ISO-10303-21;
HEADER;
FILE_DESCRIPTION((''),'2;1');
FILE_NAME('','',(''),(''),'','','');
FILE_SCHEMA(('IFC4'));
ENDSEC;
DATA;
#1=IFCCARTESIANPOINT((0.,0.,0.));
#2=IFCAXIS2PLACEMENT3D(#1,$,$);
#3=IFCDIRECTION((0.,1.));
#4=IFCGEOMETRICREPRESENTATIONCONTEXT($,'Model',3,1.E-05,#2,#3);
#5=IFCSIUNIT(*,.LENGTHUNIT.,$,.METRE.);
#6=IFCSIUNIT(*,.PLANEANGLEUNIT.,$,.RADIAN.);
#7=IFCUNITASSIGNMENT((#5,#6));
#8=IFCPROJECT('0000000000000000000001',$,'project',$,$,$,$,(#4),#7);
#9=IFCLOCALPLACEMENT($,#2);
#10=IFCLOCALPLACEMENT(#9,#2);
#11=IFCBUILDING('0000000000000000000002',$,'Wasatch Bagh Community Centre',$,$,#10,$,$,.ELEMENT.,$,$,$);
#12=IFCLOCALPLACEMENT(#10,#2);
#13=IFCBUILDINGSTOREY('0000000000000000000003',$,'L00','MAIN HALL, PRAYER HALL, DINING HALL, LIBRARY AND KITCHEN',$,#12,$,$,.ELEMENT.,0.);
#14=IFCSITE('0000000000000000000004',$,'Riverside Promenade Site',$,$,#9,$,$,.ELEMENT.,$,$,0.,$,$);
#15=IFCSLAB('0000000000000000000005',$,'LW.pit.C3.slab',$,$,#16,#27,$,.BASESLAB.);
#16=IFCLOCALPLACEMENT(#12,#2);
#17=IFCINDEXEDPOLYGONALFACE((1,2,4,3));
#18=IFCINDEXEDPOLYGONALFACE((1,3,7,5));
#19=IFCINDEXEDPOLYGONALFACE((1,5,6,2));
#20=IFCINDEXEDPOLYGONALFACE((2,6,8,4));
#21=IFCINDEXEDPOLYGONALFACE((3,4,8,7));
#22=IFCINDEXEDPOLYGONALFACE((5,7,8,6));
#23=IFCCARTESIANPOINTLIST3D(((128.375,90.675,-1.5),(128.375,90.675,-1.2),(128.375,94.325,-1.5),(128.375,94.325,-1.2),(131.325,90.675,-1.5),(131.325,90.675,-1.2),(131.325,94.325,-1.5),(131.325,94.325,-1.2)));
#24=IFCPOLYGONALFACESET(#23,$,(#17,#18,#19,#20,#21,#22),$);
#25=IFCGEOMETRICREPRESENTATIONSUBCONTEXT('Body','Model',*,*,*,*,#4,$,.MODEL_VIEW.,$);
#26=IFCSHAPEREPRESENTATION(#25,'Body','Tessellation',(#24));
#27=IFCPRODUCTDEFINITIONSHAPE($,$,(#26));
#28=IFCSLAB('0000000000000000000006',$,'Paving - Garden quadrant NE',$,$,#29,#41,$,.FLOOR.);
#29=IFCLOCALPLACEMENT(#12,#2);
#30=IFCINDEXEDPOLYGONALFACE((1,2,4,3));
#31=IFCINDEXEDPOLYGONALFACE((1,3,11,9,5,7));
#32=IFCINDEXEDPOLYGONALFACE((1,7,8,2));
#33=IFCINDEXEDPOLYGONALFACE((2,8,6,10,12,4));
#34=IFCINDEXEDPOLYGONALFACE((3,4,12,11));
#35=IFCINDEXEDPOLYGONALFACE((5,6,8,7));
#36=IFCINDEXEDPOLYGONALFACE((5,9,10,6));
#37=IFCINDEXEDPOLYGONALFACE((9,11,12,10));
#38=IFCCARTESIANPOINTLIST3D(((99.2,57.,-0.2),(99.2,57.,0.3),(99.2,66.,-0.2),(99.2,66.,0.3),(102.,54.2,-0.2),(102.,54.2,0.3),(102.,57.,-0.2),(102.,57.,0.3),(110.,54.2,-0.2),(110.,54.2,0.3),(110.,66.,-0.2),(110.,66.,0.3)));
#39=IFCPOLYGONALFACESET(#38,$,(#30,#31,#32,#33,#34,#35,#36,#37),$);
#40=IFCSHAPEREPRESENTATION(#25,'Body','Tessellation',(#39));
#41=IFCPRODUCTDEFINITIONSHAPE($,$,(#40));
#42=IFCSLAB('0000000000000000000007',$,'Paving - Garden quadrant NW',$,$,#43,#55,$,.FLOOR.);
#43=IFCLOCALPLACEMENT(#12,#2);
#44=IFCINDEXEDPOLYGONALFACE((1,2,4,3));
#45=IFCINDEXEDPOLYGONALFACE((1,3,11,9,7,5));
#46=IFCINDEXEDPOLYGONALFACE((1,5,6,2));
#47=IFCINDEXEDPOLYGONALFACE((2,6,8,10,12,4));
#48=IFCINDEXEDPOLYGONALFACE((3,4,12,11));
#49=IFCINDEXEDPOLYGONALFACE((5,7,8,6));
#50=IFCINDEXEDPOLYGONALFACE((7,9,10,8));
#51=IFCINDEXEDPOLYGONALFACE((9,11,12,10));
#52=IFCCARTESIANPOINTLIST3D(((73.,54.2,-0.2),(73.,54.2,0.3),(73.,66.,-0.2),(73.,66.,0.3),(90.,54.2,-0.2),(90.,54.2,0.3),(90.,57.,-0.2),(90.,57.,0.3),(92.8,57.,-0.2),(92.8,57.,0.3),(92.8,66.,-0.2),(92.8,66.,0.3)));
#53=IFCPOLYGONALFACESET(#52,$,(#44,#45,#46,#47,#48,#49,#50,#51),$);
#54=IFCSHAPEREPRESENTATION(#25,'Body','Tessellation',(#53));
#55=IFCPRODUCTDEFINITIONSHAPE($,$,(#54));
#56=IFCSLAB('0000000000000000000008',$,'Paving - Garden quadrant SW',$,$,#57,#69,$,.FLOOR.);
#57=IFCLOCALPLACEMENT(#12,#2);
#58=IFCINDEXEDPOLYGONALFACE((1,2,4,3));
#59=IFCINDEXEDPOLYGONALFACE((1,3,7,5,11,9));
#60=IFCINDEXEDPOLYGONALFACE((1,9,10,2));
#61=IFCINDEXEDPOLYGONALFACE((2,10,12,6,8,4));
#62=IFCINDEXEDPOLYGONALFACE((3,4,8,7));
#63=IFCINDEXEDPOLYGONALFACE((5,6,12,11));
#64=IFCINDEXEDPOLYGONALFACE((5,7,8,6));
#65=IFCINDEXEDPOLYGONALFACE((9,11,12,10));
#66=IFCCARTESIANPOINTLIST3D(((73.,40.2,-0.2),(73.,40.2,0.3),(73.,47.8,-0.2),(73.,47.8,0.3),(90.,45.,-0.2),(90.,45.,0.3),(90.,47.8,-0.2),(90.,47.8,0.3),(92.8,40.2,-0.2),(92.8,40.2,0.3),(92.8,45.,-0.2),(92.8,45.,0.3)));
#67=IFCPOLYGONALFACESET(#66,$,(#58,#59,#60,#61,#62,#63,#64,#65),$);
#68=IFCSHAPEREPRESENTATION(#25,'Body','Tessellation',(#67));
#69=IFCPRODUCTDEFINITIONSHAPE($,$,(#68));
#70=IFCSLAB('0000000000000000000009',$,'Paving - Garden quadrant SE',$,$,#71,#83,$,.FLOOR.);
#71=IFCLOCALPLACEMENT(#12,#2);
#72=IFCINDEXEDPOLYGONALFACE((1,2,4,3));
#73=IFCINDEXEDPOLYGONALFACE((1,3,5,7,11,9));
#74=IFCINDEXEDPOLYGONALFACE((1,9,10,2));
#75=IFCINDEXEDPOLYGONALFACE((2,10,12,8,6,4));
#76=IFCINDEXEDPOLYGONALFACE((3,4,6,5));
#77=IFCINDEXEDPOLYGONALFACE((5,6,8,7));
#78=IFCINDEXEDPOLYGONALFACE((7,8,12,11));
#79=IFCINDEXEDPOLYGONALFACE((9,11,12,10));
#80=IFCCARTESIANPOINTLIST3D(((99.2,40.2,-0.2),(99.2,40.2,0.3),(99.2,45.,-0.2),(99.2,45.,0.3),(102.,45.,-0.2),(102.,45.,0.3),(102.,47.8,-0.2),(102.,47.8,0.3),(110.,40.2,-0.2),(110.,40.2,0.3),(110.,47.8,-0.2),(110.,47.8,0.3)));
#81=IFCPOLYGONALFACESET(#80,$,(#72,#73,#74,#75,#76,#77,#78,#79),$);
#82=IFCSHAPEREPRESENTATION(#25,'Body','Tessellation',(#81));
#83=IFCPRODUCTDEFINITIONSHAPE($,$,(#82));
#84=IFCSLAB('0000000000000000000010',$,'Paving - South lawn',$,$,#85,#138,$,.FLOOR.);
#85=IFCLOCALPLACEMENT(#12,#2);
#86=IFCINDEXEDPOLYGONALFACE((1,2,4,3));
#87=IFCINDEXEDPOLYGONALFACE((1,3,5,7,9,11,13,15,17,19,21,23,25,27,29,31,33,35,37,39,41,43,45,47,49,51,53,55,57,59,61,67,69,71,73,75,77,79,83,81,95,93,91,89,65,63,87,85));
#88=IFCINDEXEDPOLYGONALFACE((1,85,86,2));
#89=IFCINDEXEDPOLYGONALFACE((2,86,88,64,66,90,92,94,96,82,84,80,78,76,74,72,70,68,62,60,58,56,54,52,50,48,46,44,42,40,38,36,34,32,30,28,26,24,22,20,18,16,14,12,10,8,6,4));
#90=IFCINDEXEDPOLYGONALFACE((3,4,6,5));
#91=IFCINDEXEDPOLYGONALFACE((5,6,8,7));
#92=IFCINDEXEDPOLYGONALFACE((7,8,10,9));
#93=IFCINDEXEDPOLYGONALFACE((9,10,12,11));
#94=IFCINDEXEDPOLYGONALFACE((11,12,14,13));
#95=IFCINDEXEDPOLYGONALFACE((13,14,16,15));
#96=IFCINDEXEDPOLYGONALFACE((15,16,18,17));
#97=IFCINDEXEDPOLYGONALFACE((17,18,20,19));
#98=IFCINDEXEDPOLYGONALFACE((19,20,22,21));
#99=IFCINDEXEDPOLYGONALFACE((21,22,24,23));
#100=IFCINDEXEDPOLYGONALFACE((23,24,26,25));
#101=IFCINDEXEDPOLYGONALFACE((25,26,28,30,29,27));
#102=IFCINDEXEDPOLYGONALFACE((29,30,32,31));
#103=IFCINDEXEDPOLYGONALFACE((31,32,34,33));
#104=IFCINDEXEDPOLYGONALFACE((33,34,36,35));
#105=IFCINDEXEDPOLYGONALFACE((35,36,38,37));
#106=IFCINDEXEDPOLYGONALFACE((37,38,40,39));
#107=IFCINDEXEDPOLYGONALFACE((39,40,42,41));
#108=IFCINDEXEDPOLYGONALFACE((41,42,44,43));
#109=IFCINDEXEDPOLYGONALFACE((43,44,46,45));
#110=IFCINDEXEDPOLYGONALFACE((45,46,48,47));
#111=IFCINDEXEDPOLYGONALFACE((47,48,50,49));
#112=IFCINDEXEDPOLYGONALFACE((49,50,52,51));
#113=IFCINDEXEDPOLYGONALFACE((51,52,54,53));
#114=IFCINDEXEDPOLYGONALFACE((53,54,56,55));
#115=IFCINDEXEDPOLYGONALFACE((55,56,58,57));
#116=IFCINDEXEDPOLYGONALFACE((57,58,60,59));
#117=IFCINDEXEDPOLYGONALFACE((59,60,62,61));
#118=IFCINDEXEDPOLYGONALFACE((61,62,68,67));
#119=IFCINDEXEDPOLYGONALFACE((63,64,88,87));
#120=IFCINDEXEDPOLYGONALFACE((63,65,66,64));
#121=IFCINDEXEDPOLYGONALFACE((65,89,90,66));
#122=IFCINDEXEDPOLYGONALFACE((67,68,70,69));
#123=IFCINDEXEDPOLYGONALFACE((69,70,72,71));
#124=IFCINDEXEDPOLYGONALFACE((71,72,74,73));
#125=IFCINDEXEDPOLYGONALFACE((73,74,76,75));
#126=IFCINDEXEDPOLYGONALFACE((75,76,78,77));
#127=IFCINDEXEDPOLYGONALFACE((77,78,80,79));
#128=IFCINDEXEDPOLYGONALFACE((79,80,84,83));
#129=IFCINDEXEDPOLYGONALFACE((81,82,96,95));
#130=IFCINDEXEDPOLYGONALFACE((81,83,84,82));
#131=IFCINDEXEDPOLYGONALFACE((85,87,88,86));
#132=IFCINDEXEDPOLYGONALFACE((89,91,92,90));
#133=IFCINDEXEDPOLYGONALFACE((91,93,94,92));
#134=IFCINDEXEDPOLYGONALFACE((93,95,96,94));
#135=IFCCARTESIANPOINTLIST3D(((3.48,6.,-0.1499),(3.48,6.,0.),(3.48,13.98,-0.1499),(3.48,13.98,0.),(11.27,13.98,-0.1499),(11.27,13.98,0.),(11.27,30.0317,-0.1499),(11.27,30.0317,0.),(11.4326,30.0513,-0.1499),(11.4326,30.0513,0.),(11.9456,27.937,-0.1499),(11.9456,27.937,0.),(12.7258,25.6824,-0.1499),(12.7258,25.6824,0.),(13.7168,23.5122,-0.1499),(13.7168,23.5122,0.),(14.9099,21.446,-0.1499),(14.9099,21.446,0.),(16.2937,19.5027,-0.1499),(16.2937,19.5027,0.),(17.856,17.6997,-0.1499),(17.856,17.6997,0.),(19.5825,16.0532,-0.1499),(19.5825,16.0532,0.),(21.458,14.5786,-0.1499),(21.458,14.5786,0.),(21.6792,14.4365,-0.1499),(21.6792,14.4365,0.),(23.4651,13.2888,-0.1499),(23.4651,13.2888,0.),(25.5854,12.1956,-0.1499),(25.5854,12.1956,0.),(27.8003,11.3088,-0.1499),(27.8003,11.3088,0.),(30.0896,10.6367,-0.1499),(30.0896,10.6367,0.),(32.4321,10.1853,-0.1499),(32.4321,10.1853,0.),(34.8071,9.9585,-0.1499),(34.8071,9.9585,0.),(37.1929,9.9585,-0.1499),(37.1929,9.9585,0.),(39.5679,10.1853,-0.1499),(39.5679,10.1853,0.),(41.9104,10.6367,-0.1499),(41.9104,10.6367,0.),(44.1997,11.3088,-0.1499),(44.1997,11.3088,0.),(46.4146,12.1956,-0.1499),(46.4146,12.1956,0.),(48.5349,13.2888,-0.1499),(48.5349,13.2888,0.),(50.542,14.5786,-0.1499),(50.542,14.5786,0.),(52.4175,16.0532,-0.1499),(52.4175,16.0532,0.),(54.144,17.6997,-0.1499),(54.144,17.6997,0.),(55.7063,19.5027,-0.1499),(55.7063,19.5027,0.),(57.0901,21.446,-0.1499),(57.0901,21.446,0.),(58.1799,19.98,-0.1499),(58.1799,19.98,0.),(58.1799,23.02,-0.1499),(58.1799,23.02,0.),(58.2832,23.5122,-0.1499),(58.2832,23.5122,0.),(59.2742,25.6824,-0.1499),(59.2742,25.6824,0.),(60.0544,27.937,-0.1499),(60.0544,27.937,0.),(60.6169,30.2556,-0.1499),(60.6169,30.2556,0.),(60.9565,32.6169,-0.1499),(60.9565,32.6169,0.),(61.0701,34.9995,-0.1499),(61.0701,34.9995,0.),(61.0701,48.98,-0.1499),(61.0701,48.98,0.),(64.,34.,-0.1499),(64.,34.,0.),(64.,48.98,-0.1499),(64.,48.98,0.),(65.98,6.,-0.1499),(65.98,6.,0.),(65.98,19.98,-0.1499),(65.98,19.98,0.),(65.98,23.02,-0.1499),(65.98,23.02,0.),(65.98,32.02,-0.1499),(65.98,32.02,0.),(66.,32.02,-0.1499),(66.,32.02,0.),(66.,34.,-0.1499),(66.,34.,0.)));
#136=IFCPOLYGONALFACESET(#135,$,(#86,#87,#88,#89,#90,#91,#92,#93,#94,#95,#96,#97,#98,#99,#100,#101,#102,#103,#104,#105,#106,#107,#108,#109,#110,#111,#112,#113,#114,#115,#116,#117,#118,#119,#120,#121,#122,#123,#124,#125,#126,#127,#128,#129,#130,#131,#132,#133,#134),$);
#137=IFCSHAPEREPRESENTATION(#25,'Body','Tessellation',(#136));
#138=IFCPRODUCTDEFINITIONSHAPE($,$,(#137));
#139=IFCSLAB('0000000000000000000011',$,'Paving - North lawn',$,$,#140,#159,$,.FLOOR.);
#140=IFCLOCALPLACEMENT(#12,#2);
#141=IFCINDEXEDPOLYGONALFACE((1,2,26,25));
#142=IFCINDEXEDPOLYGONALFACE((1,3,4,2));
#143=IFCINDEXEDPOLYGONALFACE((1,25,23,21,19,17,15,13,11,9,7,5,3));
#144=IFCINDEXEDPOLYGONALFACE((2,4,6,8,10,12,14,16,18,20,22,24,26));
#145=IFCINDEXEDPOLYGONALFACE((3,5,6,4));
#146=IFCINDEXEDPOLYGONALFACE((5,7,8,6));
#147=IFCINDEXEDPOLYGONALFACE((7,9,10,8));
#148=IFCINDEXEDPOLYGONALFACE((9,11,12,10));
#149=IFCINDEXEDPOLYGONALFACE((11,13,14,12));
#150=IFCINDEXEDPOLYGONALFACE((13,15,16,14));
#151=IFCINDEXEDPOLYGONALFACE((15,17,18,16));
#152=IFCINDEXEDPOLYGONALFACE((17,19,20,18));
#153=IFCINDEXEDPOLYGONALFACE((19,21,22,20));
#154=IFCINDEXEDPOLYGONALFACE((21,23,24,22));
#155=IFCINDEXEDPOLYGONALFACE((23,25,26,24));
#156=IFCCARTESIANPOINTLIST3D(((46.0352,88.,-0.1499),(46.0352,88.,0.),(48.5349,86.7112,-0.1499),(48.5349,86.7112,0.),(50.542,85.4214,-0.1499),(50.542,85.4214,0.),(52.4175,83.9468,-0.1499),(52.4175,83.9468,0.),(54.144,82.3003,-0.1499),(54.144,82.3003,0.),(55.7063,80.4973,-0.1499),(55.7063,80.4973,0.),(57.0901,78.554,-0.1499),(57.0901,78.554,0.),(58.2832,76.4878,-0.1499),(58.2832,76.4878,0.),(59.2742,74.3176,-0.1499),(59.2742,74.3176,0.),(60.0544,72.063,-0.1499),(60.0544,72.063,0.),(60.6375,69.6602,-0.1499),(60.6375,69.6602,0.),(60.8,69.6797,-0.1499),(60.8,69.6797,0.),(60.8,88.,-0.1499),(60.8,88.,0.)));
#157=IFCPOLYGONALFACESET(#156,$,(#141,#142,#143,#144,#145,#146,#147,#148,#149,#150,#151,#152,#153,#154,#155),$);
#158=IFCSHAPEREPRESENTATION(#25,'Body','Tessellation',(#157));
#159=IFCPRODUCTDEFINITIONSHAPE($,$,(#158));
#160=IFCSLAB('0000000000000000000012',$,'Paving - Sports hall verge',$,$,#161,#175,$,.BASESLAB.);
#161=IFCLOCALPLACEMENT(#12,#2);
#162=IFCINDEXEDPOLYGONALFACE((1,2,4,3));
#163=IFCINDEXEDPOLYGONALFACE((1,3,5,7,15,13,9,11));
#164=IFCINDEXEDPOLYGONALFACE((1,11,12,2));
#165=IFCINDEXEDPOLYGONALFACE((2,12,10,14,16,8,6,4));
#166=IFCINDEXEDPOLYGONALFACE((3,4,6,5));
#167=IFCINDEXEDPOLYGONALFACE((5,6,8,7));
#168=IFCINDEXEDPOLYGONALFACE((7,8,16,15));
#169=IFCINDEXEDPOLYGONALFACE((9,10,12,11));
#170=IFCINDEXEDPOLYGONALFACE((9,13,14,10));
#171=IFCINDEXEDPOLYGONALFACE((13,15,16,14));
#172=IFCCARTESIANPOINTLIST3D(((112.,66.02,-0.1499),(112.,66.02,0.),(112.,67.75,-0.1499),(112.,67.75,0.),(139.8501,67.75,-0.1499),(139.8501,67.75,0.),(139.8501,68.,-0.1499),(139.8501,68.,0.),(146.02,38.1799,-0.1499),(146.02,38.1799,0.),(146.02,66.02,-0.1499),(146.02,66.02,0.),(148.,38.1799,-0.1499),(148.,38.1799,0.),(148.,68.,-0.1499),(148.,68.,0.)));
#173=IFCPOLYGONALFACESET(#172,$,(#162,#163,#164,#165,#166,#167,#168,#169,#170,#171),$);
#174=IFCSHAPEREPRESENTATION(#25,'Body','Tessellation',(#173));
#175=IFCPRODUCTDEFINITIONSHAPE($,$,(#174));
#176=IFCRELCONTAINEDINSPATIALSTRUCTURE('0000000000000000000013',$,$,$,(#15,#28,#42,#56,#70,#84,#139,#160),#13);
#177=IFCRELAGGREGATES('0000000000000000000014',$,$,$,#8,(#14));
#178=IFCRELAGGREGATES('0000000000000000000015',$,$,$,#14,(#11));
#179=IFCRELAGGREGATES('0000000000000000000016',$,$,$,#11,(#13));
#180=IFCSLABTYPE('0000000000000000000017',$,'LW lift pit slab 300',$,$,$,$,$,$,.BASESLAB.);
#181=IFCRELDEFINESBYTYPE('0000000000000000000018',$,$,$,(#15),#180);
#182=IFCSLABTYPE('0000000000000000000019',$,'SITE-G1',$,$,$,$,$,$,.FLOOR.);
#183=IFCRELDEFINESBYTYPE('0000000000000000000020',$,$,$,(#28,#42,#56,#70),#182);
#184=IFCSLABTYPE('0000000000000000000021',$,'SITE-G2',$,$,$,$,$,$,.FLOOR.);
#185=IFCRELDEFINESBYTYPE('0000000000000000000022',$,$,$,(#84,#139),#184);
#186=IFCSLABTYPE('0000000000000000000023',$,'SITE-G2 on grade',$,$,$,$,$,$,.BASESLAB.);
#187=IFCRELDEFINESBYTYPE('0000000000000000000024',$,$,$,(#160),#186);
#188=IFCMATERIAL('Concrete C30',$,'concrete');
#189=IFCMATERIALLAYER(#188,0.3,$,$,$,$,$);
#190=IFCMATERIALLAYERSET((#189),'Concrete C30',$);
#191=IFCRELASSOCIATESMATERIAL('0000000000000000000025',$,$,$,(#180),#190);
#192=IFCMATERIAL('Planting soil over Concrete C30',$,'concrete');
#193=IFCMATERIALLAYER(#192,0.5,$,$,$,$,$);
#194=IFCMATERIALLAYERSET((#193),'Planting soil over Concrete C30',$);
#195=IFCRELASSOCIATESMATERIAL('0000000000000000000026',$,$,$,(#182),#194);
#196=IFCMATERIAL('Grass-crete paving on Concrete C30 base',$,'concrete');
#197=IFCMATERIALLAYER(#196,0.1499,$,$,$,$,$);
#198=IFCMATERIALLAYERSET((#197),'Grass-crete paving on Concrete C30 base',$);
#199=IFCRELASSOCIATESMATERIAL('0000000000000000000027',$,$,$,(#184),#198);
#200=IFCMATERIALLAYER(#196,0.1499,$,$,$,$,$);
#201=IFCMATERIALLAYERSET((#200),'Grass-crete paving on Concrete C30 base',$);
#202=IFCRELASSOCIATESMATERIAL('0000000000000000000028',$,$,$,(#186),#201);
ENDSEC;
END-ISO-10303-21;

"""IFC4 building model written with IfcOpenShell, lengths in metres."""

from ifc_helpers import new_model, si_unit, direction, frame, origin, place, context, subcontext, project, spatial, polyline, outline, extrude, material, layer, layer_set, type_object, element, save


model = new_model("IFC4")

# Units and contexts
model_context = context("Model", 3, precision=1e-05, world=origin(), true_north=direction((0.0, 1.0)))
body_context = subcontext(model_context, "Body", "Model", "MODEL_VIEW")
ifc_project = project(units=[si_unit("LENGTHUNIT", "METRE"), si_unit("PLANEANGLEUNIT", "RADIAN")], contexts=[model_context])

# Site, building, storey
site_placement = place(None, origin())
site = spatial("IfcSite", under=ifc_project, at=site_placement, Name="Riverside Promenade Site", CompositionType="ELEMENT", RefElevation=0.0)
building_placement = place(site_placement, origin())
building = spatial("IfcBuilding", under=site, at=building_placement, Name="Wasatch Bagh Community Centre", CompositionType="ELEMENT")
storey_placement = place(building_placement, origin())
storey = spatial("IfcBuildingStorey", under=building, at=storey_placement, Name="L00", Description="MAIN HALL, PRAYER HALL, DINING HALL, LIBRARY AND KITCHEN", CompositionType="ELEMENT", Elevation=0.0)

# Slabs
ifc_material_1 = material(Name="Concrete C30", Category="concrete")
ifc_layer_1 = layer(ifc_material_1, 0.3)
ifc_layer_set_1 = layer_set([ifc_layer_1], Name="Concrete C30")
slab_type_1 = type_object("IfcSlabType", Name="LW lift pit slab 300", PredefinedType="BASESLAB", material=ifc_layer_set_1)
slab_1_placement = place(storey_placement, frame((0.0, 0.0, -1.5)))
element("IfcSlab", 1, at=slab_1_placement, inside=storey, type_object=slab_type_1, Name="LW.pit.C3.slab", PredefinedType="BASESLAB", context=body_context, shape_type="SweptSolid", body=[
    extrude(outline(polyline([(128.375, 90.675), (131.325, 90.675), (131.325, 94.325), (128.375, 94.325), (128.375, 90.675)])), origin(), (0.0, 0.0, 1.0), 0.3),
])
ifc_material_2 = material(Name="Planting soil over Concrete C30", Category="concrete")
ifc_layer_2 = layer(ifc_material_2, 0.5)
ifc_layer_set_2 = layer_set([ifc_layer_2], Name="Planting soil over Concrete C30")
slab_type_2 = type_object("IfcSlabType", Name="SITE-G1", PredefinedType="FLOOR", material=ifc_layer_set_2)
slab_2_placement = place(storey_placement, frame((0.0, 0.0, -0.2)))
element("IfcSlab", 2, at=slab_2_placement, inside=storey, type_object=slab_type_2, Name="Paving - Garden quadrant NE", PredefinedType="FLOOR", context=body_context, shape_type="SweptSolid", body=[
    extrude(outline(polyline([(110.0, 66.0), (110.0, 54.2), (102.0, 54.2), (102.0, 57.0), (99.2, 57.0), (99.2, 66.0), (110.0, 66.0)])), origin(), (0.0, 0.0, 1.0), 0.5),
])
slab_3_placement = place(storey_placement, frame((0.0, 0.0, -0.2)))
element("IfcSlab", 3, at=slab_3_placement, inside=storey, type_object=slab_type_2, Name="Paving - Garden quadrant NW", PredefinedType="FLOOR", context=body_context, shape_type="SweptSolid", body=[
    extrude(outline(polyline([(73.0, 66.0), (92.8, 66.0), (92.8, 57.0), (90.0, 57.0), (90.0, 54.2), (73.0, 54.2), (73.0, 66.0)])), origin(), (0.0, 0.0, 1.0), 0.5),
])
slab_4_placement = place(storey_placement, frame((0.0, 0.0, -0.2)))
element("IfcSlab", 4, at=slab_4_placement, inside=storey, type_object=slab_type_2, Name="Paving - Garden quadrant SW", PredefinedType="FLOOR", context=body_context, shape_type="SweptSolid", body=[
    extrude(outline(polyline([(73.0, 47.8), (90.0, 47.8), (90.0, 45.0), (92.8, 45.0), (92.8, 40.2), (73.0, 40.2), (73.0, 47.8)])), origin(), (0.0, 0.0, 1.0), 0.5),
])
slab_5_placement = place(storey_placement, frame((0.0, 0.0, -0.2)))
element("IfcSlab", 5, at=slab_5_placement, inside=storey, type_object=slab_type_2, Name="Paving - Garden quadrant SE", PredefinedType="FLOOR", context=body_context, shape_type="SweptSolid", body=[
    extrude(outline(polyline([(110.0, 40.2), (99.2, 40.2), (99.2, 45.0), (102.0, 45.0), (102.0, 47.8), (110.0, 47.8), (110.0, 40.2)])), origin(), (0.0, 0.0, 1.0), 0.5),
])
ifc_material_3 = material(Name="Grass-crete paving on Concrete C30 base", Category="concrete")
ifc_layer_3 = layer(ifc_material_3, 0.1499)
ifc_layer_set_3 = layer_set([ifc_layer_3], Name="Grass-crete paving on Concrete C30 base")
slab_type_3 = type_object("IfcSlabType", Name="SITE-G2", PredefinedType="FLOOR", material=ifc_layer_set_3)
slab_6_placement = place(storey_placement, frame((0.0, 0.0, -0.1499)))
element("IfcSlab", 6, at=slab_6_placement, inside=storey, type_object=slab_type_3, Name="Paving - South lawn", PredefinedType="FLOOR", context=body_context, shape_type="SweptSolid", body=[
    extrude(outline(polyline([(3.48, 13.98), (11.27, 13.98), (11.27, 30.0317), (11.4326, 30.0513), (11.9456, 27.937), (12.7258, 25.6824), (13.7168, 23.5122), (14.9099, 21.446), (16.2937, 19.5027), (17.856, 17.6997), (19.5825, 16.0532), (21.458, 14.5786), (21.6792, 14.4365), (23.4651, 13.2888), (25.5854, 12.1956), (27.8003, 11.3088), (30.0896, 10.6367), (32.4321, 10.1853), (34.8071, 9.9585), (37.1929, 9.9585), (39.5679, 10.1853), (41.9104, 10.6367), (44.1997, 11.3088), (46.4146, 12.1956), (48.5349, 13.2888), (50.542, 14.5786), (52.4175, 16.0532), (54.144, 17.6997), (55.7063, 19.5027), (57.0901, 21.446), (58.2832, 23.5122), (59.2742, 25.6824), (60.0544, 27.937), (60.6169, 30.2556), (60.9565, 32.6169), (61.0701, 34.9995), (61.0701, 48.98), (64.0, 48.98), (64.0, 34.0), (66.0, 34.0), (66.0, 32.02), (65.98, 32.02), (65.98, 23.02), (58.1799, 23.02), (58.1799, 19.98), (65.98, 19.98), (65.98, 6.0), (3.48, 6.0), (3.48, 13.98)])), origin(), (0.0, 0.0, 1.0), 0.1499),
])
slab_7_placement = place(storey_placement, frame((0.0, 0.0, -0.1499)))
element("IfcSlab", 7, at=slab_7_placement, inside=storey, type_object=slab_type_3, Name="Paving - North lawn", PredefinedType="FLOOR", context=body_context, shape_type="SweptSolid", body=[
    extrude(outline(polyline([(46.0352, 88.0), (60.8, 88.0), (60.8, 69.6797), (60.6375, 69.6602), (60.0544, 72.063), (59.2742, 74.3176), (58.2832, 76.4878), (57.0901, 78.554), (55.7063, 80.4973), (54.144, 82.3003), (52.4175, 83.9468), (50.542, 85.4214), (48.5349, 86.7112), (46.0352, 88.0)])), origin(), (0.0, 0.0, 1.0), 0.1499),
])
ifc_layer_4 = layer(ifc_material_3, 0.1499)
ifc_layer_set_4 = layer_set([ifc_layer_4], Name="Grass-crete paving on Concrete C30 base")
slab_type_4 = type_object("IfcSlabType", Name="SITE-G2 on grade", PredefinedType="BASESLAB", material=ifc_layer_set_4)
slab_8_placement = place(storey_placement, frame((0.0, 0.0, -0.1499)))
element("IfcSlab", 8, at=slab_8_placement, inside=storey, type_object=slab_type_4, Name="Paving - Sports hall verge", PredefinedType="BASESLAB", context=body_context, shape_type="SweptSolid", body=[
    extrude(outline(polyline([(146.02, 38.1799), (146.02, 66.02), (112.0, 66.02), (112.0, 67.75), (139.8501, 67.75), (139.8501, 68.0), (148.0, 68.0), (148.0, 38.1799), (146.02, 38.1799)])), origin(), (0.0, 0.0, 1.0), 0.1499),
])

save(model, "model.ifc")
